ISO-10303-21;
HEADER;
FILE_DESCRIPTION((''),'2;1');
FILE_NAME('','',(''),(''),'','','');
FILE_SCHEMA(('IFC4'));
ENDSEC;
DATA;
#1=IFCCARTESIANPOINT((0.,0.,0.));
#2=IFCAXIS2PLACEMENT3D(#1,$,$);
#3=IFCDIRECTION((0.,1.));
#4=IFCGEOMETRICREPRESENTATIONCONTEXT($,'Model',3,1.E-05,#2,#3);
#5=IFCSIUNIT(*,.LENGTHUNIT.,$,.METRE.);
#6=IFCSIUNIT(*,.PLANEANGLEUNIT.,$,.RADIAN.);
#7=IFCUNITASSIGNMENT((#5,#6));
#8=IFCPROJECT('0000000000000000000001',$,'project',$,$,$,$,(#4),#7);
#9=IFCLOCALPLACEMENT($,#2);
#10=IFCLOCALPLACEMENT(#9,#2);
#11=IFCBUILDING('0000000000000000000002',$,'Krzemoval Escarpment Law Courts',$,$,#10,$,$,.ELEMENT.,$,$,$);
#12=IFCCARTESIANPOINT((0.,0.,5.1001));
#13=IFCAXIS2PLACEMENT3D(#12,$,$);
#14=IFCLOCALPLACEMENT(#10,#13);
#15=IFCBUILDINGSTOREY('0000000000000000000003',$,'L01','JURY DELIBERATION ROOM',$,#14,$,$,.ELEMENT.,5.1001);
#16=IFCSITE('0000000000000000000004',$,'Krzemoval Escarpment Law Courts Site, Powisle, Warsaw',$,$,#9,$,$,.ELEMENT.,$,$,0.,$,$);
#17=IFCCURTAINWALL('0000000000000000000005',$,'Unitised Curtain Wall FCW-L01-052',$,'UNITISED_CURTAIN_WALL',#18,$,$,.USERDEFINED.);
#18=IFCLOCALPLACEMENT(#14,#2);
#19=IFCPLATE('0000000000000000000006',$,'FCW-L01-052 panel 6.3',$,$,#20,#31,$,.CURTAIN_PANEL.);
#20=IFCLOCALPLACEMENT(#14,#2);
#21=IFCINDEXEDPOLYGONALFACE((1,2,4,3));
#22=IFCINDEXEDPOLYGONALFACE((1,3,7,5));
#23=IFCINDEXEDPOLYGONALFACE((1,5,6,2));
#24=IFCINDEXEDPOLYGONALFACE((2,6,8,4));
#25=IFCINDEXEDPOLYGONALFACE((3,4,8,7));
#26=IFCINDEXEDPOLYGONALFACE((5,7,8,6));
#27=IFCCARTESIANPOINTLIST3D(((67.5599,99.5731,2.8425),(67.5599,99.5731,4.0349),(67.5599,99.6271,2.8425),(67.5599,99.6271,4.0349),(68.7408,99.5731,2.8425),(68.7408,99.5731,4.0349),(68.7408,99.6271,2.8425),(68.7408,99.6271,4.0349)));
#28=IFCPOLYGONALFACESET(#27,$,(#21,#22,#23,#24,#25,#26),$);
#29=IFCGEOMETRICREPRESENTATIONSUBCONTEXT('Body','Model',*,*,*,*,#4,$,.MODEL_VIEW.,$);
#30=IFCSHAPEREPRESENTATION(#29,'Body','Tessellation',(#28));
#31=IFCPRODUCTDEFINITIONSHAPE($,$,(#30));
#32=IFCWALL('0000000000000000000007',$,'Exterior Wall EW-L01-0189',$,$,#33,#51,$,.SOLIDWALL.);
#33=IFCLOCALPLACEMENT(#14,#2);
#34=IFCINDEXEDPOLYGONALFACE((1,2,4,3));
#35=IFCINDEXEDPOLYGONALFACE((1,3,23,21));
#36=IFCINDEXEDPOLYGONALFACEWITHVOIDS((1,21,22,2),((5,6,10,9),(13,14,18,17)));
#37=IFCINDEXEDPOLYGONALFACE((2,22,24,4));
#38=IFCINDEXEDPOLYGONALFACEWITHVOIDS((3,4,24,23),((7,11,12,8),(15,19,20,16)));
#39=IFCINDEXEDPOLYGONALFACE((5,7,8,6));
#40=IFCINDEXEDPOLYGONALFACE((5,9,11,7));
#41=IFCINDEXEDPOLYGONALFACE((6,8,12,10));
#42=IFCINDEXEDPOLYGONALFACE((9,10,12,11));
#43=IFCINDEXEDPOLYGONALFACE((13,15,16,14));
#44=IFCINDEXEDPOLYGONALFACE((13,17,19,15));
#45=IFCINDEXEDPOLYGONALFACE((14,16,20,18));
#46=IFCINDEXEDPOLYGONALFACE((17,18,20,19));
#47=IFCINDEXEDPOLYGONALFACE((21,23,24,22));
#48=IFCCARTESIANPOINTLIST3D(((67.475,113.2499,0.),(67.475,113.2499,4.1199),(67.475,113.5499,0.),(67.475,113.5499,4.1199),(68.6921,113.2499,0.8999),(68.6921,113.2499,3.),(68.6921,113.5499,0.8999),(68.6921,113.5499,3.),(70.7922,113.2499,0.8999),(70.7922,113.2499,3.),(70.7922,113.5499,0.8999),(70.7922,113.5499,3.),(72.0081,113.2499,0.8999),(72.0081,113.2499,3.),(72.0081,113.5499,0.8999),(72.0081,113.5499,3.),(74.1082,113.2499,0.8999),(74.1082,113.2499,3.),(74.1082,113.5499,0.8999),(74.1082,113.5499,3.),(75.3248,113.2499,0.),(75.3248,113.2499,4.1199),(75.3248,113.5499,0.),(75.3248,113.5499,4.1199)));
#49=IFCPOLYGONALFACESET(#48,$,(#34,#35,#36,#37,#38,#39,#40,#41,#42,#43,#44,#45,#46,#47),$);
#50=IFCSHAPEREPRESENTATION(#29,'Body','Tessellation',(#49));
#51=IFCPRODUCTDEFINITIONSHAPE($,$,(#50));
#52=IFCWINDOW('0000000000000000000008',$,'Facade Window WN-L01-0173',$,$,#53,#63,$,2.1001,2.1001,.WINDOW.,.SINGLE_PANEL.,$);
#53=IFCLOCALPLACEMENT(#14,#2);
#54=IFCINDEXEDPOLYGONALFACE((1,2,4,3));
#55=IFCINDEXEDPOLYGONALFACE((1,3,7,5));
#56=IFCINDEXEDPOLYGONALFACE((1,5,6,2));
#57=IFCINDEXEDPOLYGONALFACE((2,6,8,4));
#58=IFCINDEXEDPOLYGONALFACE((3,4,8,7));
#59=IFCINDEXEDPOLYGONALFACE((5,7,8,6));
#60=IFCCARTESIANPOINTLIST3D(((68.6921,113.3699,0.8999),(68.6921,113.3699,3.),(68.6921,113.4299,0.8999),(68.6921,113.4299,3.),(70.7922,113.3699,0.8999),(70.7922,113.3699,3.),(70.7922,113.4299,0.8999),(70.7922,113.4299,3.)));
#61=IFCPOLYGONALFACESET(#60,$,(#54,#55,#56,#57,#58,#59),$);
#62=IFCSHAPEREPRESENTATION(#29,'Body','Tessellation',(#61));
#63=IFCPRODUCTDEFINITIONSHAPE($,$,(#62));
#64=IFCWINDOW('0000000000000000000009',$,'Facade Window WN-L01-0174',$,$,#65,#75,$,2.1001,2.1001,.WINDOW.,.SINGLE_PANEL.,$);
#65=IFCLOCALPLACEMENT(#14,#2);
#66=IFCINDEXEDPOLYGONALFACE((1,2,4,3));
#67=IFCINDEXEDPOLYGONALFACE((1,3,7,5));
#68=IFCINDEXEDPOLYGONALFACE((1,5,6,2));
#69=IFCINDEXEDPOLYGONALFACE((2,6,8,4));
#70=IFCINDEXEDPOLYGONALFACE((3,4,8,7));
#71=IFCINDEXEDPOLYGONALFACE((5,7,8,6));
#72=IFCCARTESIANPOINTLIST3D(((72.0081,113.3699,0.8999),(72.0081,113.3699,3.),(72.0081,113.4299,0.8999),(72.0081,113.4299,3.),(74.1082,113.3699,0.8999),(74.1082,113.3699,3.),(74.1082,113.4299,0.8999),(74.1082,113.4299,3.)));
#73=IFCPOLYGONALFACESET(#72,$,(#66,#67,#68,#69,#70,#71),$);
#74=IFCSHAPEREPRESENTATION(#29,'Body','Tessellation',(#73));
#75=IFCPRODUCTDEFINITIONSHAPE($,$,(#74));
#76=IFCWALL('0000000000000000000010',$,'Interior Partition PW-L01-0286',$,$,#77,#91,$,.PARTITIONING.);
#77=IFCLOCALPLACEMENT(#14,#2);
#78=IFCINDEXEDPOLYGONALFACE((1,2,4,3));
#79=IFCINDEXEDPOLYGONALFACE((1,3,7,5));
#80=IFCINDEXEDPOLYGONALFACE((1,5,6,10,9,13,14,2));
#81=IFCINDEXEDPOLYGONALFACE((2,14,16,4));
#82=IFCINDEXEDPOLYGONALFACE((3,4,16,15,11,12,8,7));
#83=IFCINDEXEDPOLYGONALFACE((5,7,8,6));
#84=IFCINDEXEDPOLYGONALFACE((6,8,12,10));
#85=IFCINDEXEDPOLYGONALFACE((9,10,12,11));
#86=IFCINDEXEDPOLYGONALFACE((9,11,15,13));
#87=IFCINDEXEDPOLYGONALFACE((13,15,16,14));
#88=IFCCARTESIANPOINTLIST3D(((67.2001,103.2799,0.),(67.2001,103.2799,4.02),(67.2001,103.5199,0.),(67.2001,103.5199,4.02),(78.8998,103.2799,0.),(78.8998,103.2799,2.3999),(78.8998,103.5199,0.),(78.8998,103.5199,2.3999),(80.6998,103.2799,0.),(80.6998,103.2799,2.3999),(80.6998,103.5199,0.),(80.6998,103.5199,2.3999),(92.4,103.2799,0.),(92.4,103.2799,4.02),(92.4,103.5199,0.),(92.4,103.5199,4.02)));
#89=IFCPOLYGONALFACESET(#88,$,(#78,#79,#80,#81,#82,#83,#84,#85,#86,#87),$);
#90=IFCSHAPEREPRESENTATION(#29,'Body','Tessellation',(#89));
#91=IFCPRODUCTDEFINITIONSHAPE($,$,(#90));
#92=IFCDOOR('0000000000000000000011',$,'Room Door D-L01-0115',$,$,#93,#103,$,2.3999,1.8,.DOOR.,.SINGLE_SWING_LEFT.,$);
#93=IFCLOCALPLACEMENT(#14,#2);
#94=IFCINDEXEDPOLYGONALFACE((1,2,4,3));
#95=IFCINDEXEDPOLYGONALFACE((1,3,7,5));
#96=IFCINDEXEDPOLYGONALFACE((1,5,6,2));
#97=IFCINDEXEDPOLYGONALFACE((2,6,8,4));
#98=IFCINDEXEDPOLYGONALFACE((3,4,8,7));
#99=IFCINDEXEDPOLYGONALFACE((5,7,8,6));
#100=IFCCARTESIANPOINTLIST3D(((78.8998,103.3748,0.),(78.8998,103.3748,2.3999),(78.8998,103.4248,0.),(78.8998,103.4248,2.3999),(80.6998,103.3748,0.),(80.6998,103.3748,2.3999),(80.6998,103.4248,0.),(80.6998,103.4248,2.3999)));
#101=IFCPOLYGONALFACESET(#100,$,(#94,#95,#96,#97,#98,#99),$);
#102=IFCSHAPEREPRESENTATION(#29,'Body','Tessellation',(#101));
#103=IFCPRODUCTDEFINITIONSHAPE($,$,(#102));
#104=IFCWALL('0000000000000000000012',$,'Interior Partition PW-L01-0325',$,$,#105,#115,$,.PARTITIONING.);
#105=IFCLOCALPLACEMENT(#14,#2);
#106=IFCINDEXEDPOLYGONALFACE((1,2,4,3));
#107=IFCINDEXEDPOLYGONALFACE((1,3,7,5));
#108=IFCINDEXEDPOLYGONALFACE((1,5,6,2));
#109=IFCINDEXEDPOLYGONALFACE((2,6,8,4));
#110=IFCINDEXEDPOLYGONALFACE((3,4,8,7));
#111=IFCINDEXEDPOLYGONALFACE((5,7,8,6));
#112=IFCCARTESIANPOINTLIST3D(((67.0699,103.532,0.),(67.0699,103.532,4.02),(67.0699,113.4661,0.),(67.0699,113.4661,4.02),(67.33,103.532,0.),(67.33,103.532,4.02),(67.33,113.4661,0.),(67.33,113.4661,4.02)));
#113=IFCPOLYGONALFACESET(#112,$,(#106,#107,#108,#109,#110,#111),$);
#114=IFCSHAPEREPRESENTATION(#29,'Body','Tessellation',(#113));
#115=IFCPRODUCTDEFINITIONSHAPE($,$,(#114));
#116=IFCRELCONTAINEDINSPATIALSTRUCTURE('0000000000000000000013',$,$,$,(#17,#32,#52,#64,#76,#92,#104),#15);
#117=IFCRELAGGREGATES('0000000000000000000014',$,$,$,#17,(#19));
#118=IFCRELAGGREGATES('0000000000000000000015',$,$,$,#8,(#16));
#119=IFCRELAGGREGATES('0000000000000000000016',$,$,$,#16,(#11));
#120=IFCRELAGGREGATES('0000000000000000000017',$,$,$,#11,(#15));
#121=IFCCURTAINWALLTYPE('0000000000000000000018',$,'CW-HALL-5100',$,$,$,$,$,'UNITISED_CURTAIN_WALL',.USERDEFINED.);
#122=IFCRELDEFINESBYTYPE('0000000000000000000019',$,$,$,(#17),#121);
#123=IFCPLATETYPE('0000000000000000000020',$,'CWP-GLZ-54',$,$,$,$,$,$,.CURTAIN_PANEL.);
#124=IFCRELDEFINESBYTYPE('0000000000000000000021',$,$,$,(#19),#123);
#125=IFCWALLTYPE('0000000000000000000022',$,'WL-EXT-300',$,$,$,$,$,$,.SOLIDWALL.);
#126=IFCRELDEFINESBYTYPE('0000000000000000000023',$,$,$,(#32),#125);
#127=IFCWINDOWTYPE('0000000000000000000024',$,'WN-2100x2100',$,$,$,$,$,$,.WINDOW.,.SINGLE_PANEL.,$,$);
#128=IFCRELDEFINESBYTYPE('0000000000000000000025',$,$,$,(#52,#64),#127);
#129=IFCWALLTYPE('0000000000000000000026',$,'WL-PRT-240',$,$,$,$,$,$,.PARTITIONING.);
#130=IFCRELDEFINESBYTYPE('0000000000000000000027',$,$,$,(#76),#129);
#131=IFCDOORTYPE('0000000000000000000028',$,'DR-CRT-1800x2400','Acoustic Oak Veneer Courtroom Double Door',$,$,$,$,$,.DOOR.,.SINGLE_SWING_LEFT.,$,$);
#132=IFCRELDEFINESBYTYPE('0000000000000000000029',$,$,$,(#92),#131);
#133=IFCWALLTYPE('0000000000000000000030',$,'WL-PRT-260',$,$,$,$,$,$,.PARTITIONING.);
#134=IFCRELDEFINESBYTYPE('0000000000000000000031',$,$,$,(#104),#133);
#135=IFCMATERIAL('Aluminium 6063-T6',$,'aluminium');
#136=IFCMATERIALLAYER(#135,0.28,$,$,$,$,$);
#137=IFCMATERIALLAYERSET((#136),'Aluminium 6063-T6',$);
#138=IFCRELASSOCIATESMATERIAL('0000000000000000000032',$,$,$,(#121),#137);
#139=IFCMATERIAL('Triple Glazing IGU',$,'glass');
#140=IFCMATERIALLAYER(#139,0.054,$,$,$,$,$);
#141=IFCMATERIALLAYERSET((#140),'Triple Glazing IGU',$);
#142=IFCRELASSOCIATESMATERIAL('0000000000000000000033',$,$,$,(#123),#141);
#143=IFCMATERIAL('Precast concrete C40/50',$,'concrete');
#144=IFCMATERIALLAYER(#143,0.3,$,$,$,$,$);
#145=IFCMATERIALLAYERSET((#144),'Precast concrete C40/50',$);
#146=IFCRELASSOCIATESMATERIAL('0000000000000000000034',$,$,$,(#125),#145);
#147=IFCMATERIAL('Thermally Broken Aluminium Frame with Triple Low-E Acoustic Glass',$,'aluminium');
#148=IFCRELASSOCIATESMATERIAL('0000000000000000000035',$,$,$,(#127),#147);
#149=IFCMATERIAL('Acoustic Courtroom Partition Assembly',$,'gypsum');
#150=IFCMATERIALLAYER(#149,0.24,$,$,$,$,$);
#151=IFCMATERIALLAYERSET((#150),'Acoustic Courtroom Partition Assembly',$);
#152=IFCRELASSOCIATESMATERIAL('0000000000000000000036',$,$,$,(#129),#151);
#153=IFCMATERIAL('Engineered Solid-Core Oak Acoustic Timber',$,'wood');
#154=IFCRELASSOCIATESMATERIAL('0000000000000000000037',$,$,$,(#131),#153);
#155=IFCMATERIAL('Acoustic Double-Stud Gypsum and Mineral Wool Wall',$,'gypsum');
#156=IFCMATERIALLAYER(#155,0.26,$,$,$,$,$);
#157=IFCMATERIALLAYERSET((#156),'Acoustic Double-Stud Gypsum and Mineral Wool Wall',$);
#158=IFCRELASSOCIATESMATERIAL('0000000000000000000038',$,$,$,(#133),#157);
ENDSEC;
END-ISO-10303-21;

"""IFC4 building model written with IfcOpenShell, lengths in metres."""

from ifc_helpers import new_model, si_unit, direction, frame, frame_2d, origin, origin_2d, place, context, subcontext, project, spatial, rectangle, extrude, material, layer, layer_set, type_object, element, fill, aggregate, save


model = new_model("IFC4")

# Units and contexts
model_context = context("Model", 3, precision=1e-05, world=origin(), true_north=direction((0.0, 1.0)))
body_context = subcontext(model_context, "Body", "Model", "MODEL_VIEW")
ifc_project = project(units=[si_unit("LENGTHUNIT", "METRE"), si_unit("PLANEANGLEUNIT", "RADIAN")], contexts=[model_context])

# Site, building, storey
site_placement = place(None, origin())
site = spatial("IfcSite", under=ifc_project, at=site_placement, Name="Krzemoval Escarpment Law Courts Site, Powisle, Warsaw", CompositionType="ELEMENT", RefElevation=0.0)
building_placement = place(site_placement, origin())
building = spatial("IfcBuilding", under=site, at=building_placement, Name="Krzemoval Escarpment Law Courts", CompositionType="ELEMENT")
storey_placement = place(building_placement, frame((0.0, 0.0, 5.1001)))
storey = spatial("IfcBuildingStorey", under=building, at=storey_placement, Name="L01", Description="JURY DELIBERATION ROOM", CompositionType="ELEMENT", Elevation=5.1001)

# Curtain wall
ifc_material_1 = material(Name="Aluminium 6063-T6", Category="aluminium")
ifc_layer_1 = layer(ifc_material_1, 0.28)
ifc_layer_set_1 = layer_set([ifc_layer_1], Name="Aluminium 6063-T6")
curtain_wall_type = type_object("IfcCurtainWallType", Name="CW-HALL-5100", ElementType="UNITISED_CURTAIN_WALL", PredefinedType="USERDEFINED", material=ifc_layer_set_1)
curtain_wall_placement = place(storey_placement, origin())
curtain_wall = element("IfcCurtainWall", 1, at=curtain_wall_placement, inside=storey, type_object=curtain_wall_type, Name="Unitised Curtain Wall FCW-L01-052", ObjectType="UNITISED_CURTAIN_WALL", PredefinedType="USERDEFINED")

# Plate
ifc_material_2 = material(Name="Triple Glazing IGU", Category="glass")
ifc_layer_2 = layer(ifc_material_2, 0.054)
ifc_layer_set_2 = layer_set([ifc_layer_2], Name="Triple Glazing IGU")
plate_type = type_object("IfcPlateType", Name="CWP-GLZ-54", PredefinedType="CURTAIN_PANEL", material=ifc_layer_set_2)
plate_1_placement = place(storey_placement, frame((68.1504, 99.6001, 2.8425), z_axis=(0.0, 0.0, 1.0), x_axis=(-1.0, 0.0, 0.0)))
plate_1 = element("IfcPlate", 2, at=plate_1_placement, type_object=plate_type, Name="FCW-L01-052 panel 6.3", PredefinedType="CURTAIN_PANEL", context=body_context, shape_type="SweptSolid", body=[
    extrude(rectangle(XDim=1.1809, YDim=0.054, at=origin_2d()), origin(), (0.0, 0.0, 1.0), 1.1924),
])
aggregate(curtain_wall, [plate_1])

# Wall, openings, windows
ifc_material_3 = material(Name="Precast concrete C40/50", Category="concrete")
ifc_layer_3 = layer(ifc_material_3, 0.3)
ifc_layer_set_3 = layer_set([ifc_layer_3], Name="Precast concrete C40/50")
wall_type_1 = type_object("IfcWallType", Name="WL-EXT-300", PredefinedType="SOLIDWALL", material=ifc_layer_set_3)
wall_1_placement = place(storey_placement, frame((67.4751, 113.3999, 0.0), z_axis=(0.0, 0.0, 1.0), x_axis=(1.0, 0.0, 0.0)))
wall_1 = element("IfcWall", 3, at=wall_1_placement, inside=storey, type_object=wall_type_1, Name="Exterior Wall EW-L01-0189", PredefinedType="SOLIDWALL", context=body_context, shape_type="SweptSolid", body=[
    extrude(rectangle(XDim=7.8499, YDim=0.3, at=frame_2d((3.9248, 0.0))), origin(), (0.0, 0.0, 1.0), 4.1199),
])
opening_1_placement = place(wall_1_placement, frame((1.217, 0.0, 0.8999)))
opening_1 = element("IfcOpeningElement", 4, at=opening_1_placement, cuts=wall_1, PredefinedType="OPENING", context=body_context, shape_type="SweptSolid", body=[
    extrude(rectangle(XDim=2.1001, YDim=2.1001, at=frame_2d((1.05, 1.05))), frame((0.0, 0.165, 0.0), z_axis=(0.0, -1.0, 0.0), x_axis=(1.0, 0.0, 0.0)), (0.0, 0.0, 1.0), 0.3301),
])
opening_2_placement = place(wall_1_placement, frame((4.533, 0.0, 0.8999)))
opening_2 = element("IfcOpeningElement", 5, at=opening_2_placement, cuts=wall_1, PredefinedType="OPENING", context=body_context, shape_type="SweptSolid", body=[
    extrude(rectangle(XDim=2.1001, YDim=2.1001, at=frame_2d((1.05, 1.05))), frame((0.0, 0.165, 0.0), z_axis=(0.0, -1.0, 0.0), x_axis=(1.0, 0.0, 0.0)), (0.0, 0.0, 1.0), 0.3301),
])
ifc_material_4 = material(Name="Thermally Broken Aluminium Frame with Triple Low-E Acoustic Glass", Category="aluminium")
window_type = type_object("IfcWindowType", Name="WN-2100x2100", PartitioningType="SINGLE_PANEL", PredefinedType="WINDOW", material=ifc_material_4)
window_1_placement = place(opening_1_placement, origin())
window_1 = element("IfcWindow", 6, at=window_1_placement, inside=storey, type_object=window_type, Name="Facade Window WN-L01-0173", OverallHeight=2.1001, OverallWidth=2.1001, PartitioningType="SINGLE_PANEL", PredefinedType="WINDOW", context=body_context, shape_type="SweptSolid", body=[
    extrude(rectangle(XDim=2.1001, YDim=2.1001, at=frame_2d((1.05, 1.05))), frame((0.0, 0.03, 0.0), z_axis=(0.0, -1.0, 0.0), x_axis=(1.0, 0.0, 0.0)), (0.0, 0.0, 1.0), 0.0601),
])
fill(opening_1, window_1)
window_2_placement = place(opening_2_placement, origin())
window_2 = element("IfcWindow", 7, at=window_2_placement, inside=storey, type_object=window_type, Name="Facade Window WN-L01-0174", OverallHeight=2.1001, OverallWidth=2.1001, PartitioningType="SINGLE_PANEL", PredefinedType="WINDOW", context=body_context, shape_type="SweptSolid", body=[
    extrude(rectangle(XDim=2.1001, YDim=2.1001, at=frame_2d((1.05, 1.05))), frame((0.0, 0.03, 0.0), z_axis=(0.0, -1.0, 0.0), x_axis=(1.0, 0.0, 0.0)), (0.0, 0.0, 1.0), 0.0601),
])
fill(opening_2, window_2)

# Wall, opening, door
ifc_material_5 = material(Name="Acoustic Courtroom Partition Assembly", Category="gypsum")
ifc_layer_4 = layer(ifc_material_5, 0.24)
ifc_layer_set_4 = layer_set([ifc_layer_4], Name="Acoustic Courtroom Partition Assembly")
wall_type_2 = type_object("IfcWallType", Name="WL-PRT-240", PredefinedType="PARTITIONING", material=ifc_layer_set_4)
wall_2_placement = place(storey_placement, frame((67.2, 103.3999, 0.0), z_axis=(0.0, 0.0, 1.0), x_axis=(1.0, 0.0, 0.0)))
wall_2 = element("IfcWall", 8, at=wall_2_placement, inside=storey, type_object=wall_type_2, Name="Interior Partition PW-L01-0286", PredefinedType="PARTITIONING", context=body_context, shape_type="SweptSolid", body=[
    extrude(rectangle(XDim=25.2, YDim=0.24, at=frame_2d((12.6001, 0.0))), origin(), (0.0, 0.0, 1.0), 4.02),
])
opening_3_placement = place(wall_2_placement, frame((11.7, 0.0, 0.0)))
opening_3 = element("IfcOpeningElement", 9, at=opening_3_placement, cuts=wall_2, PredefinedType="OPENING", context=body_context, shape_type="SweptSolid", body=[
    extrude(rectangle(XDim=1.8, YDim=2.3999, at=frame_2d((0.8999, 1.2))), frame((0.0, 0.135, 0.0), z_axis=(0.0, -1.0, 0.0), x_axis=(1.0, 0.0, 0.0)), (0.0, 0.0, 1.0), 0.27),
])
ifc_material_6 = material(Name="Engineered Solid-Core Oak Acoustic Timber", Category="wood")
door_type = type_object("IfcDoorType", Name="DR-CRT-1800x2400", Description="Acoustic Oak Veneer Courtroom Double Door", OperationType="SINGLE_SWING_LEFT", PredefinedType="DOOR", material=ifc_material_6)
door_placement = place(opening_3_placement, origin())
door = element("IfcDoor", 10, at=door_placement, inside=storey, type_object=door_type, Name="Room Door D-L01-0115", OperationType="SINGLE_SWING_LEFT", OverallHeight=2.3999, OverallWidth=1.8, PredefinedType="DOOR", context=body_context, shape_type="SweptSolid", body=[
    extrude(rectangle(XDim=1.8, YDim=2.3999, at=frame_2d((0.8999, 1.2))), frame((0.0, 0.0249, 0.0), z_axis=(0.0, -1.0, 0.0), x_axis=(1.0, 0.0, 0.0)), (0.0, 0.0, 1.0), 0.05),
])
fill(opening_3, door)

# Wall
ifc_material_7 = material(Name="Acoustic Double-Stud Gypsum and Mineral Wool Wall", Category="gypsum")
ifc_layer_5 = layer(ifc_material_7, 0.26)
ifc_layer_set_5 = layer_set([ifc_layer_5], Name="Acoustic Double-Stud Gypsum and Mineral Wool Wall")
wall_type_3 = type_object("IfcWallType", Name="WL-PRT-260", PredefinedType="PARTITIONING", material=ifc_layer_set_5)
wall_3_placement = place(storey_placement, frame((67.2, 103.532, 0.0), z_axis=(0.0, 0.0, 1.0), x_axis=(0.0, 1.0, 0.0)))
element("IfcWall", 11, at=wall_3_placement, inside=storey, type_object=wall_type_3, Name="Interior Partition PW-L01-0325", PredefinedType="PARTITIONING", context=body_context, shape_type="SweptSolid", body=[
    extrude(rectangle(XDim=9.9341, YDim=0.26, at=frame_2d((4.967, 0.0))), origin(), (0.0, 0.0, 1.0), 4.02),
])

save(model, "model.ifc")
